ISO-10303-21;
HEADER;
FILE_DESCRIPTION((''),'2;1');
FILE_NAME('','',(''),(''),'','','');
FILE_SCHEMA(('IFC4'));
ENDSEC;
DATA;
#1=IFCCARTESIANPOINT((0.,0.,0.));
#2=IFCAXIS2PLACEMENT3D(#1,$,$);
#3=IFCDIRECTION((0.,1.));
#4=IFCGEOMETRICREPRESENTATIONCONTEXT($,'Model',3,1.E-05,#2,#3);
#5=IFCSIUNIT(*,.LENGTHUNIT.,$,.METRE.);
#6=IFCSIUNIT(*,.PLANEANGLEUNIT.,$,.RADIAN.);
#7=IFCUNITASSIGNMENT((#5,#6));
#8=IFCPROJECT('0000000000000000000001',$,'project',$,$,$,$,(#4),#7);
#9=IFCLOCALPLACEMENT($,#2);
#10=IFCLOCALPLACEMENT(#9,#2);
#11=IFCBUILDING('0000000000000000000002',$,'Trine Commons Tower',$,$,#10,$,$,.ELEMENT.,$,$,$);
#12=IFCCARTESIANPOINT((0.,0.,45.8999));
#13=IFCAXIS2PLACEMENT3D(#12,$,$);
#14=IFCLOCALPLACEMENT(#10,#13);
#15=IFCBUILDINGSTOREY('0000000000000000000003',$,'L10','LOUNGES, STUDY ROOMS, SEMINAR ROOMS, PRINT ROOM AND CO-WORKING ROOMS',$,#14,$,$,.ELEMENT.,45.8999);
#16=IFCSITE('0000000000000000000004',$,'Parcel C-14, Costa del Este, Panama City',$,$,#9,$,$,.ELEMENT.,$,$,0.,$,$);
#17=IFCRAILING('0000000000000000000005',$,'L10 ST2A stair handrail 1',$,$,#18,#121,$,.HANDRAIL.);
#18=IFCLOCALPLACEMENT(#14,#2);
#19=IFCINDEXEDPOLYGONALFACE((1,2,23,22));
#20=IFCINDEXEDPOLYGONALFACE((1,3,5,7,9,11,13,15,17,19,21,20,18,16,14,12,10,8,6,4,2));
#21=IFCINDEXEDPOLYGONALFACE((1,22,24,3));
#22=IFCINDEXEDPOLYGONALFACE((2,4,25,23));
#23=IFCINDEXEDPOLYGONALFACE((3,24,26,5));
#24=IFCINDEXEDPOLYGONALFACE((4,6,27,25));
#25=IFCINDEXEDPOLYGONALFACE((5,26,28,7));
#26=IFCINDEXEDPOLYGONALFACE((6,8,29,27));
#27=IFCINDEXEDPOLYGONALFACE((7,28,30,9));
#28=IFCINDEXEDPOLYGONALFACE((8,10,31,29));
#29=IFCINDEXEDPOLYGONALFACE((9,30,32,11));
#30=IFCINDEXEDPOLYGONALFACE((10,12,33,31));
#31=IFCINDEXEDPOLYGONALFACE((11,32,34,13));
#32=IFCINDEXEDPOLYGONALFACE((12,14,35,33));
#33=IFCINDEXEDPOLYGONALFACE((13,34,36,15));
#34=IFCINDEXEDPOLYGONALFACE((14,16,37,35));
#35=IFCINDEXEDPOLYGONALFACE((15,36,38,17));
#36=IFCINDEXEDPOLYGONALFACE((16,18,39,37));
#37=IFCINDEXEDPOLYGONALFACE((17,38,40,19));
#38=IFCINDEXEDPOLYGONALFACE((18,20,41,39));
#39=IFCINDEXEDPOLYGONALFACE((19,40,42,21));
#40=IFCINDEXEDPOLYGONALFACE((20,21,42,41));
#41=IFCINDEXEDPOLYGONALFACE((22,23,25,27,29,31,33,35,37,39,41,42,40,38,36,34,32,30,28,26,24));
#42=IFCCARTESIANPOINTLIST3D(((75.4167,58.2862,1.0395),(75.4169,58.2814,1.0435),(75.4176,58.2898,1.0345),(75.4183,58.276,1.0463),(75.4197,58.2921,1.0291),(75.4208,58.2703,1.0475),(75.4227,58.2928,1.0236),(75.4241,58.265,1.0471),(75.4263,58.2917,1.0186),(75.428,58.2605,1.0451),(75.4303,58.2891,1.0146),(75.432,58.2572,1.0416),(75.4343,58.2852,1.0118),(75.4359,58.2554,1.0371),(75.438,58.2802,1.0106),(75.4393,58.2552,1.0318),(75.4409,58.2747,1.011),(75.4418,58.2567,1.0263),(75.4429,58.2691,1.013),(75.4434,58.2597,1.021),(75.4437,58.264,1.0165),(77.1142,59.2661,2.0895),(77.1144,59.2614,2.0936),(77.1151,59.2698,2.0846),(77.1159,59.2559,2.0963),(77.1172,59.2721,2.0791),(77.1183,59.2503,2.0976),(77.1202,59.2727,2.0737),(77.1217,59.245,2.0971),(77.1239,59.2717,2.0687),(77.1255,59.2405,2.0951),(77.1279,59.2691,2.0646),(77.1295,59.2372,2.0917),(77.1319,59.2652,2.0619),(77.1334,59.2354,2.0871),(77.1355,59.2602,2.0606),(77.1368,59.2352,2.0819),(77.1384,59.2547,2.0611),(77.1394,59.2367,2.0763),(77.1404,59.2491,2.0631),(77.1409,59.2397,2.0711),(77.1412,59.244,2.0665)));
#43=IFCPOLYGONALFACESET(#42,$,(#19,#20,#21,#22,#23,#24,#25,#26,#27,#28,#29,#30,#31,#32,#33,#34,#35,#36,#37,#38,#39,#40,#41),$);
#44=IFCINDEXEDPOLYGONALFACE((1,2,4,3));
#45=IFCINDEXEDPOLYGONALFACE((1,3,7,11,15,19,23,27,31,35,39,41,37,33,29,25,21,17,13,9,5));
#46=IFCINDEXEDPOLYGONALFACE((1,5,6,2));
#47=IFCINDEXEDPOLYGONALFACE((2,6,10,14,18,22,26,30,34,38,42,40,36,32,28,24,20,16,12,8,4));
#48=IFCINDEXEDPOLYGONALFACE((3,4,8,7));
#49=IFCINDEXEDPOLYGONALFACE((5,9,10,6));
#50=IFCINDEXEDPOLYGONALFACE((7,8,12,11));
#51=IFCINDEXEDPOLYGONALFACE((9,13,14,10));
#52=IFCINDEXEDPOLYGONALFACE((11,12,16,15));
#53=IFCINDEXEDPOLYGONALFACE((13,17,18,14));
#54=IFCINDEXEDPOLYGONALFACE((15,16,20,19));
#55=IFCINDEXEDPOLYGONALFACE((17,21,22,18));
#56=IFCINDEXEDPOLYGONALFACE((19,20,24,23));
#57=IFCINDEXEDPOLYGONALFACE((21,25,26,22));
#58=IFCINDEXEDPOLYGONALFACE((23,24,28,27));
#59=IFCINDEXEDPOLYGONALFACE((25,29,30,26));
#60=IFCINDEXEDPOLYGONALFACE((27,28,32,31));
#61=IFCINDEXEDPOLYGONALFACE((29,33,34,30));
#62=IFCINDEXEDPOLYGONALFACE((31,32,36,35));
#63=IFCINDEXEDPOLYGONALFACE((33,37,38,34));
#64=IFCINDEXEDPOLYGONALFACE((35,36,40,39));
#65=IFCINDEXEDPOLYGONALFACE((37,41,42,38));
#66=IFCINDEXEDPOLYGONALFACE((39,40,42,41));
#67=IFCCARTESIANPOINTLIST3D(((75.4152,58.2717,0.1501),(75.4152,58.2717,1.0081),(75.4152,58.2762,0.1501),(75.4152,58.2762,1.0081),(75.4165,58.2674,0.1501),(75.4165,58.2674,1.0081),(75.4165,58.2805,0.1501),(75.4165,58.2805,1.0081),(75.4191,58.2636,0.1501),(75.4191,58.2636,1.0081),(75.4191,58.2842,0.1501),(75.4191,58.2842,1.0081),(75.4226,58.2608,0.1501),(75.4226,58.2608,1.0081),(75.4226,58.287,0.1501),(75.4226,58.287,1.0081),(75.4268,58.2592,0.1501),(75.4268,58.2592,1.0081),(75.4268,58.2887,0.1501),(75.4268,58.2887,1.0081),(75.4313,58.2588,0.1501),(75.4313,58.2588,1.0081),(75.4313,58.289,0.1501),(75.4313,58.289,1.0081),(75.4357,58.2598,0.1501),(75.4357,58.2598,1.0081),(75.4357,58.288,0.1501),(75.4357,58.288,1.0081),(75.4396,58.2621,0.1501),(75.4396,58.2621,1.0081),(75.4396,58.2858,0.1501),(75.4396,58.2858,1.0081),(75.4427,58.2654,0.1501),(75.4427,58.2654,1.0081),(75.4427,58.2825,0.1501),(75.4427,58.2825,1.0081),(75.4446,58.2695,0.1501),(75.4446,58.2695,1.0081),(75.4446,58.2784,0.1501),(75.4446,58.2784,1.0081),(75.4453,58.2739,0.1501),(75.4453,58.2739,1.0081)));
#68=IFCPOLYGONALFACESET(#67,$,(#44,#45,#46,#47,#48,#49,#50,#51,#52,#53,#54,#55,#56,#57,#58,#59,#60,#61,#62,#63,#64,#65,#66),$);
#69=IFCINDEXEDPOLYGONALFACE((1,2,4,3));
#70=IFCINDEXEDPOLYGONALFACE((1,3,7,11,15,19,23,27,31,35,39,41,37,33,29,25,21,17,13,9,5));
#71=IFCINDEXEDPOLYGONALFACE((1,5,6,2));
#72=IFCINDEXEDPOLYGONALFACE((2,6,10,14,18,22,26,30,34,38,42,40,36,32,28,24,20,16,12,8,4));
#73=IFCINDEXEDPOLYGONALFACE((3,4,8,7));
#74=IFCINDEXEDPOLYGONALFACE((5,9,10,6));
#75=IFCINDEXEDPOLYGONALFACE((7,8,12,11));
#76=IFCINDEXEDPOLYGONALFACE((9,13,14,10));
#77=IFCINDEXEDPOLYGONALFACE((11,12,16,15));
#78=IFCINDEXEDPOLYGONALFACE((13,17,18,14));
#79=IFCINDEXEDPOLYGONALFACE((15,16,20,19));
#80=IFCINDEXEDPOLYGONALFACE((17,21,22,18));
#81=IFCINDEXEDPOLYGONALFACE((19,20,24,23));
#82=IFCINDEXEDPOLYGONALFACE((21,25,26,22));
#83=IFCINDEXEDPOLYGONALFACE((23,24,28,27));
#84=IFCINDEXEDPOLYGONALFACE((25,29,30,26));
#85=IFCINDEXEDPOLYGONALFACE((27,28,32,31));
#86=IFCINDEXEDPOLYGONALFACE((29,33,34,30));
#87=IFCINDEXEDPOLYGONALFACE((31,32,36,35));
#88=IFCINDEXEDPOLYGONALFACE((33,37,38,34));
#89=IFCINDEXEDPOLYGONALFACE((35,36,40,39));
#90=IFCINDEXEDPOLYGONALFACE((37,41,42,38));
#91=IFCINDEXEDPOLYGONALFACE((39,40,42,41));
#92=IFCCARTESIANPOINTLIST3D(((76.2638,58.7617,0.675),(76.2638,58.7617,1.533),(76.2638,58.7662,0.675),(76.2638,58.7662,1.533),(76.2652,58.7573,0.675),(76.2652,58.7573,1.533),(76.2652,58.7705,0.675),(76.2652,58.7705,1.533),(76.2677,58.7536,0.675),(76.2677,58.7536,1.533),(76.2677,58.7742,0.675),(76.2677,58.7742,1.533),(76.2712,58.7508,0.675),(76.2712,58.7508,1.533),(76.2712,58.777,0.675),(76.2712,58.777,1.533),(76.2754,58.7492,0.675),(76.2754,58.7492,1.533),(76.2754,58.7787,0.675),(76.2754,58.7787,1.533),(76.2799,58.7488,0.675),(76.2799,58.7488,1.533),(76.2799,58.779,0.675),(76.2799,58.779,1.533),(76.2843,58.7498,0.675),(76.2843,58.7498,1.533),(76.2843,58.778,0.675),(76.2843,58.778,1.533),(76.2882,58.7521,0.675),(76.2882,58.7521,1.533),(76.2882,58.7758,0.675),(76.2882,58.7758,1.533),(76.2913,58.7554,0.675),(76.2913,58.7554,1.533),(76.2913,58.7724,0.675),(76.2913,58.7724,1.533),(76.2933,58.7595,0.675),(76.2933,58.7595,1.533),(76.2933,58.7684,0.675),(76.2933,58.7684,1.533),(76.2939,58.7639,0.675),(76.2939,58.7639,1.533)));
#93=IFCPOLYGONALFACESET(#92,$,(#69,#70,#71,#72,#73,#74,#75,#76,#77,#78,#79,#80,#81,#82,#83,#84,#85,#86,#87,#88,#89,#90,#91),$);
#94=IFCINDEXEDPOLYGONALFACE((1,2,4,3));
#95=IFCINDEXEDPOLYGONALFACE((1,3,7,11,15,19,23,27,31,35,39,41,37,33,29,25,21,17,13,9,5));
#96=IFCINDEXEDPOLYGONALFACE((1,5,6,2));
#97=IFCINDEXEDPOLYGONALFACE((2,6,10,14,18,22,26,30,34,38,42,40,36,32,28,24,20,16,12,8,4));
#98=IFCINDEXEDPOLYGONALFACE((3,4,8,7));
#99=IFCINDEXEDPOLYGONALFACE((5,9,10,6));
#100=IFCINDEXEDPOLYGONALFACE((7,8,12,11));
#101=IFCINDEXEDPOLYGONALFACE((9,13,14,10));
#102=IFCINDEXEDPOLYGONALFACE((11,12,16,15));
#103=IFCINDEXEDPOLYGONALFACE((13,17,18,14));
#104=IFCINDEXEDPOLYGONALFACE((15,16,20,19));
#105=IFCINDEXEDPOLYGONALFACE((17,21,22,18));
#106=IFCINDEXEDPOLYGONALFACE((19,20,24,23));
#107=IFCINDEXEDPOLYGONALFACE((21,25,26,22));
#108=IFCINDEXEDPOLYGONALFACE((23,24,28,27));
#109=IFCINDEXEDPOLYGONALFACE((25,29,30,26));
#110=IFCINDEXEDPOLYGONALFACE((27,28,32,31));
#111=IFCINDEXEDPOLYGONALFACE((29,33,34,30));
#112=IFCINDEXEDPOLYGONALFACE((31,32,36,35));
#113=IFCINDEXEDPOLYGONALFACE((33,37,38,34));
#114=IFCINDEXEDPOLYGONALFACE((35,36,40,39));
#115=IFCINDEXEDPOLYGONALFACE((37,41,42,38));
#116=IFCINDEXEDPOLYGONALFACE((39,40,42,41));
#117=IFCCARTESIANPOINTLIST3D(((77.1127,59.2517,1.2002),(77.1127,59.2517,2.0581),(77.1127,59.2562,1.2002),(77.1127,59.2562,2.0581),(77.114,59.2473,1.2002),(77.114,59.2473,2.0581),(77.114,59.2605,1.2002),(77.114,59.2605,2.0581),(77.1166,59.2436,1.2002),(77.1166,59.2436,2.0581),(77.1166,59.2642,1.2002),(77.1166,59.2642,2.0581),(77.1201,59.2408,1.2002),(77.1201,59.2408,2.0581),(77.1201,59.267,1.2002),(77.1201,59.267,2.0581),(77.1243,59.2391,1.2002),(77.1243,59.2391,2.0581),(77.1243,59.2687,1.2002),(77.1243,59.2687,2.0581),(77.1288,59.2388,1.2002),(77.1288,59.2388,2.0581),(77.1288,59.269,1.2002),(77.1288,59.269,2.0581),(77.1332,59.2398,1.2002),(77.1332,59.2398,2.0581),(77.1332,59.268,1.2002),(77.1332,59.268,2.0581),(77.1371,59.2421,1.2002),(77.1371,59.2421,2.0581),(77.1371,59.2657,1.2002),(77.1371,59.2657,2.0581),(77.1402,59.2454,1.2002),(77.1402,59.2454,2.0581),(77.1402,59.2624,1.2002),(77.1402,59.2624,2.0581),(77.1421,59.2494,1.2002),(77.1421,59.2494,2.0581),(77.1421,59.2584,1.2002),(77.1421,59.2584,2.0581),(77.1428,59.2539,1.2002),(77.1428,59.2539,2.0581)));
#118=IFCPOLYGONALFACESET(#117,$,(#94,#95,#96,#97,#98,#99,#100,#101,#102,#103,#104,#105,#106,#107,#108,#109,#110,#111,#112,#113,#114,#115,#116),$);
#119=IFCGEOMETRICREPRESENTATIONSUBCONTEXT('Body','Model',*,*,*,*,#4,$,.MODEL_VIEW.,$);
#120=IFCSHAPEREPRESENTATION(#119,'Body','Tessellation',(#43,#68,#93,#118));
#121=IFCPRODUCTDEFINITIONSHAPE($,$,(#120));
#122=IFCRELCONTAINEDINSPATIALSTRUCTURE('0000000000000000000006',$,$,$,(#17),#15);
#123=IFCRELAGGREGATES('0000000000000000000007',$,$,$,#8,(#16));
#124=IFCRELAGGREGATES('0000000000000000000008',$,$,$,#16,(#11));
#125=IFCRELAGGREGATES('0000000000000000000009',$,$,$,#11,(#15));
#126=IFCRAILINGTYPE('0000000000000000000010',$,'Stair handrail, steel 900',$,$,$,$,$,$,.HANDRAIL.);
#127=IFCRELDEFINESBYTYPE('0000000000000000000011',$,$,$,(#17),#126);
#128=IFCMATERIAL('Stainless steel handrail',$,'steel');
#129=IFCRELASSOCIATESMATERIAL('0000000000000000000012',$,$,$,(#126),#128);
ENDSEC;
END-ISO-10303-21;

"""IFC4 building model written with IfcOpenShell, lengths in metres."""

from ifc_helpers import new_model, si_unit, direction, frame, origin, origin_2d, place, context, subcontext, project, spatial, circle, extrude, material, type_object, element, save


model = new_model("IFC4")

# Units and contexts
model_context = context("Model", 3, precision=1e-05, world=origin(), true_north=direction((0.0, 1.0)))
body_context = subcontext(model_context, "Body", "Model", "MODEL_VIEW")
ifc_project = project(units=[si_unit("LENGTHUNIT", "METRE"), si_unit("PLANEANGLEUNIT", "RADIAN")], contexts=[model_context])

# Site, building, storey
site_placement = place(None, origin())
site = spatial("IfcSite", under=ifc_project, at=site_placement, Name="Parcel C-14, Costa del Este, Panama City", CompositionType="ELEMENT", RefElevation=0.0)
building_placement = place(site_placement, origin())
building = spatial("IfcBuilding", under=site, at=building_placement, Name="Trine Commons Tower", CompositionType="ELEMENT")
storey_placement = place(building_placement, frame((0.0, 0.0, 45.8999)))
storey = spatial("IfcBuildingStorey", under=building, at=storey_placement, Name="L10", Description="LOUNGES, STUDY ROOMS, SEMINAR ROOMS, PRINT ROOM AND CO-WORKING ROOMS", CompositionType="ELEMENT", Elevation=45.8999)

# Railing
ifc_material_1 = material(Name="Stainless steel handrail", Category="steel")
railing_type_1 = type_object("IfcRailingType", Name="Stair handrail, steel 900", PredefinedType="HANDRAIL", material=ifc_material_1)
railing_1_placement = place(storey_placement, frame((75.4302, 58.2739, 0.1501)))
element("IfcRailing", 1, at=railing_1_placement, inside=storey, type_object=railing_type_1, Name="L10 ST2A stair handrail 1", PredefinedType="HANDRAIL", context=body_context, shape_type="SweptSolid", body=[
    extrude(circle(Radius=0.021, at=origin_2d()), frame((0.0, 0.0, 0.8789), z_axis=(0.763398, 0.440713, 0.472224), x_axis=(-0.49997, 0.866042, 0.0)), (0.0, 0.0, 1.0), 2.2236),
    extrude(circle(Radius=0.0151, at=origin_2d()), origin(), (0.0, 0.0, 1.0), 0.8579),
    extrude(circle(Radius=0.0151, at=origin_2d()), frame((0.8486, 0.49, 0.5249)), (0.0, 0.0, 1.0), 0.8579),
    extrude(circle(Radius=0.0151, at=origin_2d()), frame((1.6975, 0.98, 1.05)), (0.0, 0.0, 1.0), 0.8579),
])

save(model, "model.ifc")
